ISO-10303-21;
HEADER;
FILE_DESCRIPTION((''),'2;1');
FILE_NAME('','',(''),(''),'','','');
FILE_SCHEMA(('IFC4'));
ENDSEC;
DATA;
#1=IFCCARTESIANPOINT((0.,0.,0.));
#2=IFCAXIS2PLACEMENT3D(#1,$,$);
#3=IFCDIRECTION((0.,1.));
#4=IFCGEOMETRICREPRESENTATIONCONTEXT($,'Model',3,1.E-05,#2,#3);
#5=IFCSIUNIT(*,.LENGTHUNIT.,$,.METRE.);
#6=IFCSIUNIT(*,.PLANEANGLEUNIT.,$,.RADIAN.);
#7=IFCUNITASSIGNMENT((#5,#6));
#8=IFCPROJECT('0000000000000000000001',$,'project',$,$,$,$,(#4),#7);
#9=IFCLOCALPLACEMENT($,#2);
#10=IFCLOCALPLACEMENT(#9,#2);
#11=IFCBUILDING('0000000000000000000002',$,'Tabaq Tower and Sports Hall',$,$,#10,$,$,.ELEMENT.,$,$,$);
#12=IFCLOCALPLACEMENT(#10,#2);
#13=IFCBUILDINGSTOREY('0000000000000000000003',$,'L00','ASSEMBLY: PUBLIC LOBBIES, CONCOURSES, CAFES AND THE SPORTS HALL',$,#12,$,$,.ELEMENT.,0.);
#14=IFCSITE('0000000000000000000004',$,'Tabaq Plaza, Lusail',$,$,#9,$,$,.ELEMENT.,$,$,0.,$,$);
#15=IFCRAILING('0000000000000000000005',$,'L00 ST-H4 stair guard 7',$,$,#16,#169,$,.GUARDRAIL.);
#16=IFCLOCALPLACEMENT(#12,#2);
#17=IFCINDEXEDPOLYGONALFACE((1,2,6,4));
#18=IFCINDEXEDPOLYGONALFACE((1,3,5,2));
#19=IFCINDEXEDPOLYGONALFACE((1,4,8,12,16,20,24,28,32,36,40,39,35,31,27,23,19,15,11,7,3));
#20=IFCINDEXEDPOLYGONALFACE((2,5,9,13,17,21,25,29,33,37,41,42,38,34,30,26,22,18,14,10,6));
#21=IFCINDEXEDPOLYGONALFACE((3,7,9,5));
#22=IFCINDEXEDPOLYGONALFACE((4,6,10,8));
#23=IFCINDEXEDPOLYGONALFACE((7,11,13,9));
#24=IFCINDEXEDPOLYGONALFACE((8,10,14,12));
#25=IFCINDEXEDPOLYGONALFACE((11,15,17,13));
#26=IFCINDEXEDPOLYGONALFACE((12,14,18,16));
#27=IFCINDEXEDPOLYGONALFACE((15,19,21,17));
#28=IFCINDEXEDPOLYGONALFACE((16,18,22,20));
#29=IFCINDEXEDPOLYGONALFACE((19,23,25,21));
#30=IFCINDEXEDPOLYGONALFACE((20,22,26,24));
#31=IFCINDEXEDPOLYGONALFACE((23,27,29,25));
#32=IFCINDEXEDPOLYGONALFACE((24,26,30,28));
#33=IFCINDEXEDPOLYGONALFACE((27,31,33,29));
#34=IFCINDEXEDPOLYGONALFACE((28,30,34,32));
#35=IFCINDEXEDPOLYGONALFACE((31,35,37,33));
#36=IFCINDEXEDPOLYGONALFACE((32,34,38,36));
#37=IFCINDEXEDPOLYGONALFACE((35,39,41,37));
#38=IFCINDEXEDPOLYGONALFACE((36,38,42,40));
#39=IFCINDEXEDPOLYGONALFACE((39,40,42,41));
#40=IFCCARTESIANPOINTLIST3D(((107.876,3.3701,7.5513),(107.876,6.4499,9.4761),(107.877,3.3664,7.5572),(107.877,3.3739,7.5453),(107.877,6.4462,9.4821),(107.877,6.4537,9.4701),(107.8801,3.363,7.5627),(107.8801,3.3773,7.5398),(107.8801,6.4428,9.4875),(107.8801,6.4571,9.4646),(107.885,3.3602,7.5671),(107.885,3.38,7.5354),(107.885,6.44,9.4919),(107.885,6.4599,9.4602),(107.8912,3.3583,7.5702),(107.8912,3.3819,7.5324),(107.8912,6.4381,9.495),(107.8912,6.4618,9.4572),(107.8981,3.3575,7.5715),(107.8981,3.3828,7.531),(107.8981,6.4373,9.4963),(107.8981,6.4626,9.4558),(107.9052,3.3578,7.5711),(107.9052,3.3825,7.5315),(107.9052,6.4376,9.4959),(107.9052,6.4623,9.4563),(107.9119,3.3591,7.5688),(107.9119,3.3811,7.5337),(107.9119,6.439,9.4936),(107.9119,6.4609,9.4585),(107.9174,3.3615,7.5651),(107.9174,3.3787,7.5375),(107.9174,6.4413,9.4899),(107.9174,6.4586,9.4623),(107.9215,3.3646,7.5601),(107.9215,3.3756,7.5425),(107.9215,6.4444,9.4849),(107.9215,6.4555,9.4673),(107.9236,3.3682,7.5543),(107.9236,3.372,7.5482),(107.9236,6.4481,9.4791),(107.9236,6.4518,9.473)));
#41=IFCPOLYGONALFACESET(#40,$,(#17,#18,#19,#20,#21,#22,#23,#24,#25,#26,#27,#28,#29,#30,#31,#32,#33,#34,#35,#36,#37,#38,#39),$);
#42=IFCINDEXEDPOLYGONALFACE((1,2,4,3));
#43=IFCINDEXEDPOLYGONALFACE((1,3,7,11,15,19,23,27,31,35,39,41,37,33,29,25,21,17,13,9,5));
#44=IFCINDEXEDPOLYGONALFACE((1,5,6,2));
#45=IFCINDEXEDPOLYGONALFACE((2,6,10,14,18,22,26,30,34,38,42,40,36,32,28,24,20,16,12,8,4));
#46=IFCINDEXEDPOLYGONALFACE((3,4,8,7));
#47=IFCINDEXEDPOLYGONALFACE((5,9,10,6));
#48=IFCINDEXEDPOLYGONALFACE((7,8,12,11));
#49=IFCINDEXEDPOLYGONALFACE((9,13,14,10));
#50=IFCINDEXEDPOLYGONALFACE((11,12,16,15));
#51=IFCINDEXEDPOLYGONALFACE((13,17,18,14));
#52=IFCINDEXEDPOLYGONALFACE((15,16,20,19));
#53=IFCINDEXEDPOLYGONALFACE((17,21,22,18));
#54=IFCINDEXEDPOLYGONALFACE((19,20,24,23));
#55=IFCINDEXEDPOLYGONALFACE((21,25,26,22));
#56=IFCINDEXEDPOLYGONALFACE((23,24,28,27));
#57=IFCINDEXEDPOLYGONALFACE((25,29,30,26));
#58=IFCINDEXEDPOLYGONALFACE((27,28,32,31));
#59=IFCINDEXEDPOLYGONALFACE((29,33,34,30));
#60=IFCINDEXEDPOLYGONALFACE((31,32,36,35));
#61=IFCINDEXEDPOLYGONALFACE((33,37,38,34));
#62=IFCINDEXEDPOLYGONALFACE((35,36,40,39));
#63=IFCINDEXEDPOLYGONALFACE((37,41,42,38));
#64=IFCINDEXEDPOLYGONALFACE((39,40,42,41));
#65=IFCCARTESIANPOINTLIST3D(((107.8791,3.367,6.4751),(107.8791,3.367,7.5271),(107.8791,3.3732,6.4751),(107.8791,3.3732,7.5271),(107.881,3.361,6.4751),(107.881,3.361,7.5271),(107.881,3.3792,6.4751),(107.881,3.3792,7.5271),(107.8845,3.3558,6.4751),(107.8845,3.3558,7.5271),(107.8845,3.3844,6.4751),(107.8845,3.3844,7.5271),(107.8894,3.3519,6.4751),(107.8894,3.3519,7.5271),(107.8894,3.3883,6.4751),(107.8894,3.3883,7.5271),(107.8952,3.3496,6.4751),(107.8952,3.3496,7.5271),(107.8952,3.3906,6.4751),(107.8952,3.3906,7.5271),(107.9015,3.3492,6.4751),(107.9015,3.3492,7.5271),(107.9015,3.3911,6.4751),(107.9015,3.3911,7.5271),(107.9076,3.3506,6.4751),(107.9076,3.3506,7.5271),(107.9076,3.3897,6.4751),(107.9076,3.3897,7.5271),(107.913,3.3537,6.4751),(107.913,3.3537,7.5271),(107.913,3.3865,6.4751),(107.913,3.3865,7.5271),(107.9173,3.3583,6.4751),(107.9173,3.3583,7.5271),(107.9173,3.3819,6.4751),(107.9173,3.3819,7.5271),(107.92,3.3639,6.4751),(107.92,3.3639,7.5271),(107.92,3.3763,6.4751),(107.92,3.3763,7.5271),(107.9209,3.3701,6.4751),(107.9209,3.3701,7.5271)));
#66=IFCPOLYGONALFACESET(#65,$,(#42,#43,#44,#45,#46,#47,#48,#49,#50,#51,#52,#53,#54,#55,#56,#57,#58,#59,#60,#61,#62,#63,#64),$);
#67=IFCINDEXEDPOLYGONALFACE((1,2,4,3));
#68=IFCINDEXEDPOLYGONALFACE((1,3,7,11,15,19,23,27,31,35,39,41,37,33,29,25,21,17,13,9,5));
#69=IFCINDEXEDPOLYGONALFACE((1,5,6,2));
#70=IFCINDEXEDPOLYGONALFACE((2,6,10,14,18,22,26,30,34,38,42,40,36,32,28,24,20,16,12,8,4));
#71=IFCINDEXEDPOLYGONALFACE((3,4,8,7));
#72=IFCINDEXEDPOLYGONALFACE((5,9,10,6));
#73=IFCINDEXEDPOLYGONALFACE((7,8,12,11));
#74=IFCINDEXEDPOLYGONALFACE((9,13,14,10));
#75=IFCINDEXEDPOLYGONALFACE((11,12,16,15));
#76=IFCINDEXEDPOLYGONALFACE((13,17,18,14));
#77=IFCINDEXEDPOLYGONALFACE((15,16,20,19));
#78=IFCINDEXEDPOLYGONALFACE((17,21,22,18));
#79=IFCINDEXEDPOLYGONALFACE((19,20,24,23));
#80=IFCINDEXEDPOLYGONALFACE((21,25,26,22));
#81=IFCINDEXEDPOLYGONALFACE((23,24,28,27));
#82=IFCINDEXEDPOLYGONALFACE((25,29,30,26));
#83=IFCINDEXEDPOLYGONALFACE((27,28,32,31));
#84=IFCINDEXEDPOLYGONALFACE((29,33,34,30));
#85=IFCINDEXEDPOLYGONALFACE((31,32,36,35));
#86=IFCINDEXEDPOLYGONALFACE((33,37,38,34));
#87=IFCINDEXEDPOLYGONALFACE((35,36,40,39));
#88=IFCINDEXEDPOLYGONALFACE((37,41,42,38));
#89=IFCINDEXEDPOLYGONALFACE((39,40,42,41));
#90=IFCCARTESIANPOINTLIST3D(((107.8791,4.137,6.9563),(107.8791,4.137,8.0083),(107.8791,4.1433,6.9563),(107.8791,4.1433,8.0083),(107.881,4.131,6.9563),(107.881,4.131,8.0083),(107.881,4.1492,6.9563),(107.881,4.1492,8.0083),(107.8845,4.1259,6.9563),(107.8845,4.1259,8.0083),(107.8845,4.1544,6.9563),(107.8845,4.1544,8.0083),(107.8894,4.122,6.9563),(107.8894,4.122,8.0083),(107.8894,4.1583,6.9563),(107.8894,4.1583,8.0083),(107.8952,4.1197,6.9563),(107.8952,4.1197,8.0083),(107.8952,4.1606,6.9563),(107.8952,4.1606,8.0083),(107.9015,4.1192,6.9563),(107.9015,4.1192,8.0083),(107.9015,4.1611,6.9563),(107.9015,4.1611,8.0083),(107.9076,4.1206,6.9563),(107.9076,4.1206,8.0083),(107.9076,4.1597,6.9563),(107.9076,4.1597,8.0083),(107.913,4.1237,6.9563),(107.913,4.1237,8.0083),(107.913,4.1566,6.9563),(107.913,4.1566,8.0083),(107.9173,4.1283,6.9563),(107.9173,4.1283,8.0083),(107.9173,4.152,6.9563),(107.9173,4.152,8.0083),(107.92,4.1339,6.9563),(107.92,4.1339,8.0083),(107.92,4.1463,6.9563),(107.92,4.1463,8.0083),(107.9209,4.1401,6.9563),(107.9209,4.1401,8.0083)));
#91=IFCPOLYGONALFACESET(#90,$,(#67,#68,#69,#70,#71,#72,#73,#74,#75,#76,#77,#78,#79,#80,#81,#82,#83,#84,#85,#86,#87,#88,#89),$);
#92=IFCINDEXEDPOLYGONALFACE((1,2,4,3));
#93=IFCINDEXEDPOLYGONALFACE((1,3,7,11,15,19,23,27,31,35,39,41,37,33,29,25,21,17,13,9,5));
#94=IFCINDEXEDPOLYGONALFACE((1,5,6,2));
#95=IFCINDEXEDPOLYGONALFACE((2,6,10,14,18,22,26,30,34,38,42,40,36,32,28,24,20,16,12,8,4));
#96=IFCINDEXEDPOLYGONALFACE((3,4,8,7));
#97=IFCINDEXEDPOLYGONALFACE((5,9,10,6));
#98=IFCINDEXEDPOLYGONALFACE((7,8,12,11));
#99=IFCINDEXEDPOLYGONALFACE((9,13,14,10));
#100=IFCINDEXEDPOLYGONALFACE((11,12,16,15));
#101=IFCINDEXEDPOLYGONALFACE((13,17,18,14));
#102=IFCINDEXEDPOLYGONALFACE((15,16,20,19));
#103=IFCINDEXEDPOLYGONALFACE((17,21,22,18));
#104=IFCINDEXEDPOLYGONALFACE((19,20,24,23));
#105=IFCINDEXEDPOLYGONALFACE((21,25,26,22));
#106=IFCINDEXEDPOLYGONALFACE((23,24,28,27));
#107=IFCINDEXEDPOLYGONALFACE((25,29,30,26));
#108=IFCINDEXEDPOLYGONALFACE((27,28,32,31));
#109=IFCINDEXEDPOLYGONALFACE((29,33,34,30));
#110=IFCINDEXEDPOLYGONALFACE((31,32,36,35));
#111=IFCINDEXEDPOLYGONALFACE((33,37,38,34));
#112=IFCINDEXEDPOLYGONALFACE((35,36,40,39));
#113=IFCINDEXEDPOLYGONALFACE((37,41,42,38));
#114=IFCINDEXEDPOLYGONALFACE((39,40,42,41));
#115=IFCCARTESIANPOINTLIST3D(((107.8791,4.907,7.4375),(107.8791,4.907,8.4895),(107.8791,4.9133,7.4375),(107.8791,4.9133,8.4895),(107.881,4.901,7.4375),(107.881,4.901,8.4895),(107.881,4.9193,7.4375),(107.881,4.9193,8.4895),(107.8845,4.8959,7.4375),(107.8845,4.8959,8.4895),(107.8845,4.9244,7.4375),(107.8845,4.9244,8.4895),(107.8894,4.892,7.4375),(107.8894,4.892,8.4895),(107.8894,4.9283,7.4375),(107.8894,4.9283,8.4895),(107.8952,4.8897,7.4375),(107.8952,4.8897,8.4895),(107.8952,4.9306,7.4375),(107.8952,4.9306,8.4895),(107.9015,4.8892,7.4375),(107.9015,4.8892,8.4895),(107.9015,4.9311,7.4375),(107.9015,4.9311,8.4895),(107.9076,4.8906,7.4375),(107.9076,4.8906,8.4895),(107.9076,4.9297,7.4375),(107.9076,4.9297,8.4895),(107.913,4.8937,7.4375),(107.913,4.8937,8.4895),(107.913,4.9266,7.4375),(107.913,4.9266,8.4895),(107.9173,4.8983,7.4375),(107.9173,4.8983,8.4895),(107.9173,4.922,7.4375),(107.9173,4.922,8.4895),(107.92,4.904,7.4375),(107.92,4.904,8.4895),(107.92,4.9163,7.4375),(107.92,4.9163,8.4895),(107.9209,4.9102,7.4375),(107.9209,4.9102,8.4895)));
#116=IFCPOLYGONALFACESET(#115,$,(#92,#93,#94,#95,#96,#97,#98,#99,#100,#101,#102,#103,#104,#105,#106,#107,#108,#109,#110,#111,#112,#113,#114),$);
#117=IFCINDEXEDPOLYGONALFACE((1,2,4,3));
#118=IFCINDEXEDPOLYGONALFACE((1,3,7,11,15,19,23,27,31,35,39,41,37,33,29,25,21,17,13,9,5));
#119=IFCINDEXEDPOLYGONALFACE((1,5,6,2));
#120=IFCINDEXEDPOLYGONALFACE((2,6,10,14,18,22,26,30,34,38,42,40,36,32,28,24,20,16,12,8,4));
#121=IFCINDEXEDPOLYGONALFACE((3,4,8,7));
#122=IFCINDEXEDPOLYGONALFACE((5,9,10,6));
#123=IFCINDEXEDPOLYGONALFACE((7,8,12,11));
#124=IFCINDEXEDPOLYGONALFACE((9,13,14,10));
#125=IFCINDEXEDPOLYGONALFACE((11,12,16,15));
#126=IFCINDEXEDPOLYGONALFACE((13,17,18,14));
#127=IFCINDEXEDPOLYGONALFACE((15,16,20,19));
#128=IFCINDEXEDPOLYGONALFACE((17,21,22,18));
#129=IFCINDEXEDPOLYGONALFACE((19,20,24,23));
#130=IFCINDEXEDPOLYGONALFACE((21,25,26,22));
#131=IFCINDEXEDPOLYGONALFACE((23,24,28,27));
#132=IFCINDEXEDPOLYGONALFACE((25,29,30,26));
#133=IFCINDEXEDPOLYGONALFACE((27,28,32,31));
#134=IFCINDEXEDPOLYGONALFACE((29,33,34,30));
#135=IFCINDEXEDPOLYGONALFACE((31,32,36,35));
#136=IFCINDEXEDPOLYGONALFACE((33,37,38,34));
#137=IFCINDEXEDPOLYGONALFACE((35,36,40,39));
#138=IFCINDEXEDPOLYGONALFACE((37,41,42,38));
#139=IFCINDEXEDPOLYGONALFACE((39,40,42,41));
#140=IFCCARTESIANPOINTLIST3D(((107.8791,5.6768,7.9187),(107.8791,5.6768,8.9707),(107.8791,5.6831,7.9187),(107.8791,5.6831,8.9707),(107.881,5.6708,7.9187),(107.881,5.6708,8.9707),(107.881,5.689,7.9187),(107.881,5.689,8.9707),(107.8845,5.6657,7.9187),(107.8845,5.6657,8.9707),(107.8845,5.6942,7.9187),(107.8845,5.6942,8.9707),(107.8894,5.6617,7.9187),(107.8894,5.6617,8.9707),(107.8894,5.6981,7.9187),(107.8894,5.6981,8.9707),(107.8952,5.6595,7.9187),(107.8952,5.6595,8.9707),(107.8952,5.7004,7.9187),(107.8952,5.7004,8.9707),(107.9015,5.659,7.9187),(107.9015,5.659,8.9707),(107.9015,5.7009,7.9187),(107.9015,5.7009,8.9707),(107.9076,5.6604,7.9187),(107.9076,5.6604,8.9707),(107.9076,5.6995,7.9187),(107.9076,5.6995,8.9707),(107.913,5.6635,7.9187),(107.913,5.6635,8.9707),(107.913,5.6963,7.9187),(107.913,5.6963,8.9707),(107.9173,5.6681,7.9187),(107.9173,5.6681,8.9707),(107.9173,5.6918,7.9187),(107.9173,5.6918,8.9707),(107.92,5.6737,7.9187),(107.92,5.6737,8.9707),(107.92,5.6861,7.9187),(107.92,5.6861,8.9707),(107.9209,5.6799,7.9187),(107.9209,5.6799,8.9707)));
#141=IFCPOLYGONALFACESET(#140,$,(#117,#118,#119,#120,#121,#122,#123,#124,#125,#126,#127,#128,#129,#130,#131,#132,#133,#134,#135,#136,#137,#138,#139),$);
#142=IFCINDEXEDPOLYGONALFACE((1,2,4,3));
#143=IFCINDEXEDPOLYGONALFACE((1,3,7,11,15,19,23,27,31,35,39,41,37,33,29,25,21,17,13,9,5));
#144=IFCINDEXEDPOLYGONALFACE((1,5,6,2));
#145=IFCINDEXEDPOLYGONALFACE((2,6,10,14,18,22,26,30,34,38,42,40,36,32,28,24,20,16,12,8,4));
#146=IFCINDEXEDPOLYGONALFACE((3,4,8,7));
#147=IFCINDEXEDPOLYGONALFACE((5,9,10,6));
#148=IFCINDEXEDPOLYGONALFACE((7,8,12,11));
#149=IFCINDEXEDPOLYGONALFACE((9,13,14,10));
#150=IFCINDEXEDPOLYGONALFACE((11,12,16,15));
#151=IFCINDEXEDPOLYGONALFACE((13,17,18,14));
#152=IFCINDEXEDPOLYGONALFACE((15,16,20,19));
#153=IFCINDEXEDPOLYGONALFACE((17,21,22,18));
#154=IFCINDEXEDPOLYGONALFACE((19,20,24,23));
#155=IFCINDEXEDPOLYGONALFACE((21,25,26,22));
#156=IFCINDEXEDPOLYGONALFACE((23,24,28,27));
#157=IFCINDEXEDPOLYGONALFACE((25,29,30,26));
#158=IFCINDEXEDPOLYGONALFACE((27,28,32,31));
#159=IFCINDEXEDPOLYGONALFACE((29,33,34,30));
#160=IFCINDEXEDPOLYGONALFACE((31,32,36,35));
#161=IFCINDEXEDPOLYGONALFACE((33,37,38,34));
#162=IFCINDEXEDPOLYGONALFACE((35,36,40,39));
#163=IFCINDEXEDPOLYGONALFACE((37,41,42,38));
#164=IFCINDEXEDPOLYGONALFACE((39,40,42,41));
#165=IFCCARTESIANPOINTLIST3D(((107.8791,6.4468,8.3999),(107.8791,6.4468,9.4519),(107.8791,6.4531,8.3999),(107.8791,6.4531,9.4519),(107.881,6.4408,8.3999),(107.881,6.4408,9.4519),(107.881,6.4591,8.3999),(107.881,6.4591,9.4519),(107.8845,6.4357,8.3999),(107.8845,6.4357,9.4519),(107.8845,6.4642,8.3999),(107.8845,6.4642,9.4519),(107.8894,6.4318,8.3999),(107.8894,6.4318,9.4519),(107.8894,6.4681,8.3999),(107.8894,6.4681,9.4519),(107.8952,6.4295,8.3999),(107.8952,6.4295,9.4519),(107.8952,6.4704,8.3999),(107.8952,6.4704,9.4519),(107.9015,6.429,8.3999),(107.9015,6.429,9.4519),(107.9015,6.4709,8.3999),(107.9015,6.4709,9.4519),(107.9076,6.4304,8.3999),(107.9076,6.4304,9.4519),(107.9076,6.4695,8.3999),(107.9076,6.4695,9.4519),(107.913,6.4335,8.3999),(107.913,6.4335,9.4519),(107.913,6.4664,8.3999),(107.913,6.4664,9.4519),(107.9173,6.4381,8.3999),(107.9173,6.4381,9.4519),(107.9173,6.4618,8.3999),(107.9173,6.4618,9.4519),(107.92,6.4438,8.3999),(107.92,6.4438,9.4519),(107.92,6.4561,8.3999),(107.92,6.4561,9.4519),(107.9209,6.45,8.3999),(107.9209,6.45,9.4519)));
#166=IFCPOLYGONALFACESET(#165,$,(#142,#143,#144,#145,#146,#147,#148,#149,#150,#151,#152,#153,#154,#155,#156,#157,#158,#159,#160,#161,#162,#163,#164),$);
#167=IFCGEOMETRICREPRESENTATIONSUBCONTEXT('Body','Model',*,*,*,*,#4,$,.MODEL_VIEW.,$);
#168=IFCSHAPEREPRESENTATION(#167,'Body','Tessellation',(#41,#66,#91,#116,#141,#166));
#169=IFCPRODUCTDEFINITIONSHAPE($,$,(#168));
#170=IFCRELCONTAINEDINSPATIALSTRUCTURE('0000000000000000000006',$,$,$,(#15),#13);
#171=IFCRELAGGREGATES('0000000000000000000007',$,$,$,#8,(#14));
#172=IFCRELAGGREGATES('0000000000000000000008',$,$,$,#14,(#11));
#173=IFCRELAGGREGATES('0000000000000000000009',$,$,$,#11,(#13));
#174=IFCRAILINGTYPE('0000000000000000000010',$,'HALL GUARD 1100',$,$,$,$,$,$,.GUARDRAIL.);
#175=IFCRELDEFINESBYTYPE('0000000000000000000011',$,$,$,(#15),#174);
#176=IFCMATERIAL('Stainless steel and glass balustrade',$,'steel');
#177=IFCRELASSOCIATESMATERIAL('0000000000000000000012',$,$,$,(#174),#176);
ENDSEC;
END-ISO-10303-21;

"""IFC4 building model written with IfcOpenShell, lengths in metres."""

from ifc_helpers import new_model, si_unit, direction, frame, origin, origin_2d, place, context, subcontext, project, spatial, circle, extrude, material, type_object, element, save


model = new_model("IFC4")

# Units and contexts
model_context = context("Model", 3, precision=1e-05, world=origin(), true_north=direction((0.0, 1.0)))
body_context = subcontext(model_context, "Body", "Model", "MODEL_VIEW")
ifc_project = project(units=[si_unit("LENGTHUNIT", "METRE"), si_unit("PLANEANGLEUNIT", "RADIAN")], contexts=[model_context])

# Site, building, storey
site_placement = place(None, origin())
site = spatial("IfcSite", under=ifc_project, at=site_placement, Name="Tabaq Plaza, Lusail", CompositionType="ELEMENT", RefElevation=0.0)
building_placement = place(site_placement, origin())
building = spatial("IfcBuilding", under=site, at=building_placement, Name="Tabaq Tower and Sports Hall", CompositionType="ELEMENT")
storey_placement = place(building_placement, origin())
storey = spatial("IfcBuildingStorey", under=building, at=storey_placement, Name="L00", Description="ASSEMBLY: PUBLIC LOBBIES, CONCOURSES, CAFES AND THE SPORTS HALL", CompositionType="ELEMENT", Elevation=0.0)

# Railing
ifc_material_1 = material(Name="Stainless steel and glass balustrade", Category="steel")
railing_type_1 = type_object("IfcRailingType", Name="HALL GUARD 1100", PredefinedType="GUARDRAIL", material=ifc_material_1)
railing_1_placement = place(storey_placement, frame((107.8999, 3.3701, 6.4751)))
element("IfcRailing", 1, at=railing_1_placement, inside=storey, type_object=railing_type_1, Name="L00 ST-H4 stair guard 7", PredefinedType="GUARDRAIL", context=body_context, shape_type="SweptSolid", body=[
    extrude(circle(Radius=0.0239, at=origin_2d()), frame((0.0, 0.0, 1.0762), z_axis=(0.0, 0.84801, 0.529981), x_axis=(-1.0, 0.0, 0.0)), (0.0, 0.0, 1.0), 3.6318),
    extrude(circle(Radius=0.021, at=origin_2d()), origin(), (0.0, 0.0, 1.0), 1.052),
    extrude(circle(Radius=0.021, at=origin_2d()), frame((0.0, 0.77, 0.4812)), (0.0, 0.0, 1.0), 1.052),
    extrude(circle(Radius=0.021, at=origin_2d()), frame((0.0, 1.54, 0.9624)), (0.0, 0.0, 1.0), 1.052),
    extrude(circle(Radius=0.021, at=origin_2d()), frame((0.0, 2.3098, 1.4436)), (0.0, 0.0, 1.0), 1.052),
    extrude(circle(Radius=0.021, at=origin_2d()), frame((0.0, 3.0798, 1.9248)), (0.0, 0.0, 1.0), 1.052),
])

save(model, "model.ifc")
